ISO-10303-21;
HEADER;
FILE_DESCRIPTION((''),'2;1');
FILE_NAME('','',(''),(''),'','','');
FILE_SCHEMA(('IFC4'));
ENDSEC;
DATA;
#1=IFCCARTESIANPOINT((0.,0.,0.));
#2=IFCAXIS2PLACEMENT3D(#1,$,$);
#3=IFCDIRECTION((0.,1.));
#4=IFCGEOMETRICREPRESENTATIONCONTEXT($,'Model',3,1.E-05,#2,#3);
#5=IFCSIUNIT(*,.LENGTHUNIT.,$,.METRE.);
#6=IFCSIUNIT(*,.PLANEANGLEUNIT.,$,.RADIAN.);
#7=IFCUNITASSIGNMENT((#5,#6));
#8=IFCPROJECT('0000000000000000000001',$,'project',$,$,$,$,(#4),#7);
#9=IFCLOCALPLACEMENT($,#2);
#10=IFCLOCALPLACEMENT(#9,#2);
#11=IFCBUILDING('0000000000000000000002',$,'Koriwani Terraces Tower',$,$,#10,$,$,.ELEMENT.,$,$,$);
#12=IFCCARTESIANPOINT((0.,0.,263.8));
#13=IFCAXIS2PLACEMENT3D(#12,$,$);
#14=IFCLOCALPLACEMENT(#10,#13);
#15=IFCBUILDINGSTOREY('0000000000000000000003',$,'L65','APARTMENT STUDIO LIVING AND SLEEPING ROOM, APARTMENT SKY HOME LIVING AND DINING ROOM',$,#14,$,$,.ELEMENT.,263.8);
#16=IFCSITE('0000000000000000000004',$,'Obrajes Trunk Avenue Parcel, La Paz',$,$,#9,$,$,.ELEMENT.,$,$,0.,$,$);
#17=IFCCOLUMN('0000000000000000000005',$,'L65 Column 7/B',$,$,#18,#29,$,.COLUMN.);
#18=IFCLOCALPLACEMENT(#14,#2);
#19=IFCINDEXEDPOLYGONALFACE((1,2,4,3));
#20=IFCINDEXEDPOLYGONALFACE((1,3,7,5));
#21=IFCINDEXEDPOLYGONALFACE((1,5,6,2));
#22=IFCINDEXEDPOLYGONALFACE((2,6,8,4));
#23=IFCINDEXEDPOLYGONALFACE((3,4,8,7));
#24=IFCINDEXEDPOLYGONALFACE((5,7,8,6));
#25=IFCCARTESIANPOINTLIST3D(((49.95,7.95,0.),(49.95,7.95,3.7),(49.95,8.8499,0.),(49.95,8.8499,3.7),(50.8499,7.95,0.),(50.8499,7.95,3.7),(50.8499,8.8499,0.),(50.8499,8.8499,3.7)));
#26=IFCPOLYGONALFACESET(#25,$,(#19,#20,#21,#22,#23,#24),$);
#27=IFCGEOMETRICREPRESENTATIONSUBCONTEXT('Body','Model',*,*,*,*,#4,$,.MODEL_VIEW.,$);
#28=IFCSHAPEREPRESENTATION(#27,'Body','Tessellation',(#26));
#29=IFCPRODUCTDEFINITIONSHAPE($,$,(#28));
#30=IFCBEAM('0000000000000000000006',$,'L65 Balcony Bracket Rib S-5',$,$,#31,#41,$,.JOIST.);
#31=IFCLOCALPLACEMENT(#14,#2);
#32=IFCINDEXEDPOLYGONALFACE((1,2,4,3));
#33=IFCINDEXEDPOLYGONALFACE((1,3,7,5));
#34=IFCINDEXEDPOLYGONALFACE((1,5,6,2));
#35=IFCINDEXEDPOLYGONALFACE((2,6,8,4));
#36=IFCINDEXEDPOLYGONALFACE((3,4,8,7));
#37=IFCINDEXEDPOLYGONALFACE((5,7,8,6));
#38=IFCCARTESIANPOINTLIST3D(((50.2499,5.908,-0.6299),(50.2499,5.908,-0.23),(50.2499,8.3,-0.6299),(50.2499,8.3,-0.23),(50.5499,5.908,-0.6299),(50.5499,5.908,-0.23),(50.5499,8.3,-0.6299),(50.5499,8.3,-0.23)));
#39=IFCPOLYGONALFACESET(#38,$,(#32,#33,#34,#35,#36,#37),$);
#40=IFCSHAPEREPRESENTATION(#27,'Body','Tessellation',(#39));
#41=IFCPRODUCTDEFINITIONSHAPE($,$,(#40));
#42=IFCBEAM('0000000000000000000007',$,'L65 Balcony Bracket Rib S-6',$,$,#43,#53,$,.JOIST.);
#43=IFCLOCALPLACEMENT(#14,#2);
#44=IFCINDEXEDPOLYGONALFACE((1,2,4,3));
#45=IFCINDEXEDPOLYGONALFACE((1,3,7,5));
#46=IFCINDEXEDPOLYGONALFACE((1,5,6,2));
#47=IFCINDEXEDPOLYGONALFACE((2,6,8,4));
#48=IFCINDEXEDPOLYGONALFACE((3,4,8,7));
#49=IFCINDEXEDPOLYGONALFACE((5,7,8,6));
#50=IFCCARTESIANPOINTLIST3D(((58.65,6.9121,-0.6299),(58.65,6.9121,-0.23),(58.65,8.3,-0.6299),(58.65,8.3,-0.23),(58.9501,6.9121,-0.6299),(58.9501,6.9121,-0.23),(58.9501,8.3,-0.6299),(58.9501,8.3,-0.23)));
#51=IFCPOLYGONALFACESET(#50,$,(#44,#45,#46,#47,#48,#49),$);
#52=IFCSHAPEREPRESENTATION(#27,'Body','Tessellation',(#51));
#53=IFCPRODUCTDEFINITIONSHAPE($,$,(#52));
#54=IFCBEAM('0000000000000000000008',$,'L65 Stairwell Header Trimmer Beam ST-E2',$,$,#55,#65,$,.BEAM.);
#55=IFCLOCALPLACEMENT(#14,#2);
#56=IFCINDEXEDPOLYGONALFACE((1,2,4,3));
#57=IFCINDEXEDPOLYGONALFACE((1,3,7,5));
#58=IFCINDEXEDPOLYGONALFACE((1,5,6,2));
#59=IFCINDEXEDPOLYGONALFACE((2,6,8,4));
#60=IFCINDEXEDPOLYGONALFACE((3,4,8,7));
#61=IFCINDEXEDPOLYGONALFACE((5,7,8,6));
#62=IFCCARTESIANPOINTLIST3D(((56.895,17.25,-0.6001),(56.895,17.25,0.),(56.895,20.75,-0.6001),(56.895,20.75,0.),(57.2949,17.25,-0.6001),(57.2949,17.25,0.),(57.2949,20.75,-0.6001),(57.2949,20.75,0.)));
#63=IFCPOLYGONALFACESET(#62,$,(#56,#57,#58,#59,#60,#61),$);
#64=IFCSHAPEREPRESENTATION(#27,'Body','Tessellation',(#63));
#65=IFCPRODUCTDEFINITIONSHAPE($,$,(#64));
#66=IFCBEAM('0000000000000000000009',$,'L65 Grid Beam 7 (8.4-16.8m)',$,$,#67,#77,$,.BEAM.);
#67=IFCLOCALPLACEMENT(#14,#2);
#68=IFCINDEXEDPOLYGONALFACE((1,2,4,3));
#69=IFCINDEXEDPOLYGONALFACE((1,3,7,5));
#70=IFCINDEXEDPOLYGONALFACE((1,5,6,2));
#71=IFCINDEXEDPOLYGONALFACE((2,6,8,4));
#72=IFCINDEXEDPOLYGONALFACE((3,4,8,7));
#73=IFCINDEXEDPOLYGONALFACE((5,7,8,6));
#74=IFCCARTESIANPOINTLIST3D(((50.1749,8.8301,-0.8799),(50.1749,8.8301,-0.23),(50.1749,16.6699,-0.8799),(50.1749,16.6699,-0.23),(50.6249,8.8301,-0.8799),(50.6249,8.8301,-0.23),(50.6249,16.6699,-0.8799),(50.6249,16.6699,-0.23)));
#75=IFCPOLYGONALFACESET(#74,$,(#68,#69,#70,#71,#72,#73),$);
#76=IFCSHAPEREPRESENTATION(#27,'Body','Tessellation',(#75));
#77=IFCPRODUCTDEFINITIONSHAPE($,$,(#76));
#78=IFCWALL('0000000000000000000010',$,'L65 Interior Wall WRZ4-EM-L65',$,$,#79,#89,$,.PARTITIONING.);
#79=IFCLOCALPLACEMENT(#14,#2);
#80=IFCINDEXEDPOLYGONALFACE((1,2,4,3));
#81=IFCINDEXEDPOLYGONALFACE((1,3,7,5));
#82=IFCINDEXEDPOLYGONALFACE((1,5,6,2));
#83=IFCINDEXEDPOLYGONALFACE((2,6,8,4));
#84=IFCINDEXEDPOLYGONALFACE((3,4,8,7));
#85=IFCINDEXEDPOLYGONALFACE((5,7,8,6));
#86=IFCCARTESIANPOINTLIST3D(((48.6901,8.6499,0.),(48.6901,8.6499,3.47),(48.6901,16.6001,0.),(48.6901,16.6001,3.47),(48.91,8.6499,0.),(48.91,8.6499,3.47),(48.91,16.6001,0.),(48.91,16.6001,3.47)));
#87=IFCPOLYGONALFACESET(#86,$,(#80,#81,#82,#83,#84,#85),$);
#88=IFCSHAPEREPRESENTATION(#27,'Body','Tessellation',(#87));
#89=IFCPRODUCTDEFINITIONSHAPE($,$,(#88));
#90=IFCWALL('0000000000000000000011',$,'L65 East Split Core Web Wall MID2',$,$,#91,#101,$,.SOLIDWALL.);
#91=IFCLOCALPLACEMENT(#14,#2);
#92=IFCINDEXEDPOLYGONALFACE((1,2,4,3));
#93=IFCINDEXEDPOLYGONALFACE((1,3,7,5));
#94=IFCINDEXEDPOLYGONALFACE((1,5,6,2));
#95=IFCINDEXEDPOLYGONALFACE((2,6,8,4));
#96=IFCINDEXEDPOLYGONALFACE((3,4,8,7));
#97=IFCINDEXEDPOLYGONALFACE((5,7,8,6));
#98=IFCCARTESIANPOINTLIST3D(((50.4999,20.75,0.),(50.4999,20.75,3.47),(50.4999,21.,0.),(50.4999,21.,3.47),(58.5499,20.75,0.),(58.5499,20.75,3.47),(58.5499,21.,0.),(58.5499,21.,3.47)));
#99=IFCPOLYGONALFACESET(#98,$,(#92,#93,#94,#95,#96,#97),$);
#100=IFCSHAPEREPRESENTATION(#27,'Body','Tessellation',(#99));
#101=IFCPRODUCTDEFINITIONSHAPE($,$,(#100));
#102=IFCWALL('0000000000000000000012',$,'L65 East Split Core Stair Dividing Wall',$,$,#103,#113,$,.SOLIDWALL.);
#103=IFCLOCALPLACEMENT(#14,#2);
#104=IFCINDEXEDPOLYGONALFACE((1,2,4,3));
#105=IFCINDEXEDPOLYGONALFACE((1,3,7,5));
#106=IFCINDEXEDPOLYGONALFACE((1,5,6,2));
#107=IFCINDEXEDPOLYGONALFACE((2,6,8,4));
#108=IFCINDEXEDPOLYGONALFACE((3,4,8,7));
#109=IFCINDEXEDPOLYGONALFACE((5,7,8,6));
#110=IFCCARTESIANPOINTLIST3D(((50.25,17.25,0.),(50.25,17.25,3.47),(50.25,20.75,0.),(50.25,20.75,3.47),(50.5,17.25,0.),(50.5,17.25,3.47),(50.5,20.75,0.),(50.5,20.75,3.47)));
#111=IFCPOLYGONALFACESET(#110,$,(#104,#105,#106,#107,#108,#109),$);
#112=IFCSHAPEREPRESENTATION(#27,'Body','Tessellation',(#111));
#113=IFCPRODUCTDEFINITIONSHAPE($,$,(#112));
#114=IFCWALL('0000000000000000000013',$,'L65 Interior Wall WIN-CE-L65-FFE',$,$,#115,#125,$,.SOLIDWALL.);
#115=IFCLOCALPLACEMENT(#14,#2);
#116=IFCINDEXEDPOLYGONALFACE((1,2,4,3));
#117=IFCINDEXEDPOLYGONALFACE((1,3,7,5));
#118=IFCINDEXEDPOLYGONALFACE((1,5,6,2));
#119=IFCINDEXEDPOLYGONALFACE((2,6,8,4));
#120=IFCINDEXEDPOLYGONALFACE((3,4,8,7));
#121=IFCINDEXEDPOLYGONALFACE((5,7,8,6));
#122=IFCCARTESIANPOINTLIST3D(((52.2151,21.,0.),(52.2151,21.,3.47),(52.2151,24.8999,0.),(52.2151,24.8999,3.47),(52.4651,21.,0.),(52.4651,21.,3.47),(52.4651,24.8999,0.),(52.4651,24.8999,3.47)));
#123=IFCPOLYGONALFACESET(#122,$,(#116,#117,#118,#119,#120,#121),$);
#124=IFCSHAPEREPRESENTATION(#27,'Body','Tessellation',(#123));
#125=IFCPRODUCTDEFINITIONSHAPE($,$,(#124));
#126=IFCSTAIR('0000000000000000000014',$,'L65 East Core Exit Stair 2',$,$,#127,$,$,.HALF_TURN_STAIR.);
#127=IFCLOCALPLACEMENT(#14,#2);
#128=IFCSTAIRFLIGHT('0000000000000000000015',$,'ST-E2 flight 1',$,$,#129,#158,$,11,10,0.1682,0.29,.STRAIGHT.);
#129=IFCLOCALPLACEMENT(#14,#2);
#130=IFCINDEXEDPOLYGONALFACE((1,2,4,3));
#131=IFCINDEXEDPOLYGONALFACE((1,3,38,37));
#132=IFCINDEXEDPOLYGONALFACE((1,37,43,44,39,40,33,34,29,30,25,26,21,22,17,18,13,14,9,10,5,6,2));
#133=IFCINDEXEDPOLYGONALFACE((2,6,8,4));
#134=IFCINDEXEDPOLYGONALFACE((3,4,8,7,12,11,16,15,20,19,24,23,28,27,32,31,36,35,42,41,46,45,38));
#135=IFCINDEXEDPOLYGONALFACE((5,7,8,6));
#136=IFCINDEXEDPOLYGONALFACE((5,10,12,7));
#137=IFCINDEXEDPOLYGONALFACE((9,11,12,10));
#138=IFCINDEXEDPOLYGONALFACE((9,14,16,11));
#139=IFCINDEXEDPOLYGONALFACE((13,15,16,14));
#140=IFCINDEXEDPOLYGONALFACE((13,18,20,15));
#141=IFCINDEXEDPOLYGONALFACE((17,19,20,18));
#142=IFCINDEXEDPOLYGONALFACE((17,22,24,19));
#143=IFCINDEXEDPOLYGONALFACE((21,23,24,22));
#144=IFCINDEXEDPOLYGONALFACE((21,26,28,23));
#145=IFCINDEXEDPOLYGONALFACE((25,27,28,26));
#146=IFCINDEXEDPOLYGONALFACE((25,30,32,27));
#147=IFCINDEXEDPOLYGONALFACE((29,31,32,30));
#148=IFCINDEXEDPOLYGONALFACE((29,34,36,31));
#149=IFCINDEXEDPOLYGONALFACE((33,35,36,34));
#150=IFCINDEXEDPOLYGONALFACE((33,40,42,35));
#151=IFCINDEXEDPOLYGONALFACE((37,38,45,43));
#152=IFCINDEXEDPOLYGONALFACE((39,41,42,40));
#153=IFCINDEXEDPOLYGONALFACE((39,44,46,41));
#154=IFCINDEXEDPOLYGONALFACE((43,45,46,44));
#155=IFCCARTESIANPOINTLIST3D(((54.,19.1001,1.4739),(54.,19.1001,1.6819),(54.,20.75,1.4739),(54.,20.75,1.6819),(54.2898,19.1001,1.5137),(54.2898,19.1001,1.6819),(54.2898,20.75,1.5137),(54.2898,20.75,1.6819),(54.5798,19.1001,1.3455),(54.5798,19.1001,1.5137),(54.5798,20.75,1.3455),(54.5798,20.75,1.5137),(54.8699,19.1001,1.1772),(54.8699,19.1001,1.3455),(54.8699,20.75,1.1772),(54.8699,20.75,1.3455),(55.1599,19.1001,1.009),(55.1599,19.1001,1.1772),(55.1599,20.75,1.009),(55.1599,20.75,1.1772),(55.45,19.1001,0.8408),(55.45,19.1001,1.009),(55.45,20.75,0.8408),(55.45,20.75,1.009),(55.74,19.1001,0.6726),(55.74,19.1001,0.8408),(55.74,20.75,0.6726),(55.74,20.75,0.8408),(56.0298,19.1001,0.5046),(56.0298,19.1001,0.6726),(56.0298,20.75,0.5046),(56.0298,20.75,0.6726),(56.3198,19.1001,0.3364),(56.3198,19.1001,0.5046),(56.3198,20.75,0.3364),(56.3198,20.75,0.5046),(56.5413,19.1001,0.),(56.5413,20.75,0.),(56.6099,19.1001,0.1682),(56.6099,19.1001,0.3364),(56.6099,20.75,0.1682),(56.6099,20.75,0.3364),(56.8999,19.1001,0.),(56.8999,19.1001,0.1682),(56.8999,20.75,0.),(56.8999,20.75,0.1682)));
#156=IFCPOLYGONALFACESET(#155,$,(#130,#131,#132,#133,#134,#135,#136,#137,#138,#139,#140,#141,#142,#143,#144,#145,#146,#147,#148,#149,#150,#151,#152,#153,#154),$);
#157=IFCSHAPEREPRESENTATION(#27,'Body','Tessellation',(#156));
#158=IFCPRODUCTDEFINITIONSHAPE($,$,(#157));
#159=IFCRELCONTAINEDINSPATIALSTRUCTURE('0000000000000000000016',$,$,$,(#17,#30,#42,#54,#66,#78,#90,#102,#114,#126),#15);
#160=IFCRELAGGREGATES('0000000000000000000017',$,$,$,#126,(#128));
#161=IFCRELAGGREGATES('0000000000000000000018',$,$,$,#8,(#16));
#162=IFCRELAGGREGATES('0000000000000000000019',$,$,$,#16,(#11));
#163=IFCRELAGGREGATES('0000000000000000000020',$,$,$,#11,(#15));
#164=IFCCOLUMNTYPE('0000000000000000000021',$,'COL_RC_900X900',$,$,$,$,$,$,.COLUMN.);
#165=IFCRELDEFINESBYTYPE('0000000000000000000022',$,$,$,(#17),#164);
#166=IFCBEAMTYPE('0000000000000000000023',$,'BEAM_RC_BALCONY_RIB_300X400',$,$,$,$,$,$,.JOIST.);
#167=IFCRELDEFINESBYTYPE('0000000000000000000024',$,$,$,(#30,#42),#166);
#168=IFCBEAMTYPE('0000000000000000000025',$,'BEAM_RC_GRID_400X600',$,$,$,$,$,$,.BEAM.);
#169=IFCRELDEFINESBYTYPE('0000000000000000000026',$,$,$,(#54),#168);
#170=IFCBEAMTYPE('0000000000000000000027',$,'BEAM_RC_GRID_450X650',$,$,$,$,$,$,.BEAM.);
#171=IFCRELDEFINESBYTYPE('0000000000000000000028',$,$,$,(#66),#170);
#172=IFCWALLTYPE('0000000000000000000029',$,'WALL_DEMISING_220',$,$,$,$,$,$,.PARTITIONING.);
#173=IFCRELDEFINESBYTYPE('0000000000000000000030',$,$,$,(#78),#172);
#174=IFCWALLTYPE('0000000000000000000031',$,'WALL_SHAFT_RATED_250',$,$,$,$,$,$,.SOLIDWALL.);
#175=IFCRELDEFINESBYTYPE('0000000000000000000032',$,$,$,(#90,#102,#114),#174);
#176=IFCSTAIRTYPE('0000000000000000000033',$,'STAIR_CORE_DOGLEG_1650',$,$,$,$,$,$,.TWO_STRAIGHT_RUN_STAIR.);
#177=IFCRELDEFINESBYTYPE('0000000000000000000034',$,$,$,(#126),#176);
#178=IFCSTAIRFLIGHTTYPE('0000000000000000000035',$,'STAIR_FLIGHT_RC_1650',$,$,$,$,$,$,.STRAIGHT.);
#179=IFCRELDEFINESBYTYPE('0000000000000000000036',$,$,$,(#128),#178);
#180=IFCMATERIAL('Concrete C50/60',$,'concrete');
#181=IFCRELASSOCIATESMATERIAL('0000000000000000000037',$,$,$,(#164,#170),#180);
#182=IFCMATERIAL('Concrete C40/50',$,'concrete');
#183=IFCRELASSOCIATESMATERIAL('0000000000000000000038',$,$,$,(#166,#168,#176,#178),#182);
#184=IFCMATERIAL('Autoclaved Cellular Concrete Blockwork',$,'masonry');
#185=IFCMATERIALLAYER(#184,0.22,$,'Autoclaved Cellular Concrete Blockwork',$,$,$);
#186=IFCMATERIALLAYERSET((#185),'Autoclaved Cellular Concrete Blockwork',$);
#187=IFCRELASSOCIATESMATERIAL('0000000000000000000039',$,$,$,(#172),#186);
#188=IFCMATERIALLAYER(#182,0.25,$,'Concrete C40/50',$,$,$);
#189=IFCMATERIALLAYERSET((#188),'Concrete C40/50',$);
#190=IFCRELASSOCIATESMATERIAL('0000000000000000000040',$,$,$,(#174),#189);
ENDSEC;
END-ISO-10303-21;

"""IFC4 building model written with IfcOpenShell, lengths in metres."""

from ifc_helpers import new_model, si_unit, direction, frame, frame_2d, origin, origin_2d, place, context, subcontext, project, spatial, polyline, rectangle, outline, extrude, material, layer, layer_set, material_profile, profile_set, type_object, element, aggregate, save


model = new_model("IFC4")

# Units and contexts
model_context = context("Model", 3, precision=1e-05, world=origin(), true_north=direction((0.0, 1.0)))
body_context = subcontext(model_context, "Body", "Model", "MODEL_VIEW")
ifc_project = project(units=[si_unit("LENGTHUNIT", "METRE"), si_unit("PLANEANGLEUNIT", "RADIAN")], contexts=[model_context])

# Site, building, storey
site_placement = place(None, origin())
site = spatial("IfcSite", under=ifc_project, at=site_placement, Name="Obrajes Trunk Avenue Parcel, La Paz", CompositionType="ELEMENT", RefElevation=0.0)
building_placement = place(site_placement, origin())
building = spatial("IfcBuilding", under=site, at=building_placement, Name="Koriwani Terraces Tower", CompositionType="ELEMENT")
storey_placement = place(building_placement, frame((0.0, 0.0, 263.8)))
storey = spatial("IfcBuildingStorey", under=building, at=storey_placement, Name="L65", Description="APARTMENT STUDIO LIVING AND SLEEPING ROOM, APARTMENT SKY HOME LIVING AND DINING ROOM", CompositionType="ELEMENT", Elevation=263.8)

# Column
ifc_material_1 = material(Name="Concrete C50/60", Category="concrete")
ifc_material_profile_1 = material_profile(ifc_material_1, rectangle(XDim=0.8999, YDim=0.8999, at=origin_2d()), Name="Concrete C50/60", Category="LoadBearing")
ifc_profile_set_1 = profile_set([ifc_material_profile_1], Name="Concrete C50/60")
column_type = type_object("IfcColumnType", Name="COL_RC_900X900", PredefinedType="COLUMN", material=ifc_profile_set_1)
column_placement = place(storey_placement, frame((50.3999, 8.3999, 0.0), z_axis=(0.0, 0.0, 1.0), x_axis=(1.0, 0.0, 0.0)))
element("IfcColumn", 1, at=column_placement, inside=storey, type_object=column_type, Name="L65 Column 7/B", PredefinedType="COLUMN", context=body_context, shape_type="SweptSolid", body=[
    extrude(rectangle(XDim=0.8999, YDim=0.8999, at=origin_2d()), origin(), (0.0, 0.0, 1.0), 3.7),
])

# Beams
ifc_material_2 = material(Name="Concrete C40/50", Category="concrete")
ifc_material_profile_2 = material_profile(ifc_material_2, rectangle(XDim=0.3, YDim=0.3999, at=origin_2d()), Name="Concrete C40/50", Category="LoadBearing")
ifc_profile_set_2 = profile_set([ifc_material_profile_2], Name="Concrete C40/50")
beam_type_1 = type_object("IfcBeamType", Name="BEAM_RC_BALCONY_RIB_300X400", PredefinedType="JOIST", material=ifc_profile_set_2)
beam_1_placement = place(storey_placement, frame((50.3999, 5.908, -0.4299), z_axis=(0.0, 1.0, 0.0), x_axis=(-1.0, 0.0, 0.0)))
element("IfcBeam", 2, at=beam_1_placement, inside=storey, type_object=beam_type_1, Name="L65 Balcony Bracket Rib S-5", PredefinedType="JOIST", context=body_context, shape_type="SweptSolid", body=[
    extrude(rectangle(XDim=0.3, YDim=0.3999, at=origin_2d()), origin(), (0.0, 0.0, 1.0), 2.3921),
])
beam_2_placement = place(storey_placement, frame((58.8, 6.9121, -0.4299), z_axis=(0.0, 1.0, 0.0), x_axis=(-1.0, 0.0, 0.0)))
element("IfcBeam", 3, at=beam_2_placement, inside=storey, type_object=beam_type_1, Name="L65 Balcony Bracket Rib S-6", PredefinedType="JOIST", context=body_context, shape_type="SweptSolid", body=[
    extrude(rectangle(XDim=0.3, YDim=0.3999, at=origin_2d()), origin(), (0.0, 0.0, 1.0), 1.3879),
])
ifc_material_profile_3 = material_profile(ifc_material_2, rectangle(XDim=0.3999, YDim=0.6001, at=origin_2d()), Name="Concrete C40/50", Category="LoadBearing")
ifc_profile_set_3 = profile_set([ifc_material_profile_3], Name="Concrete C40/50")
beam_type_2 = type_object("IfcBeamType", Name="BEAM_RC_GRID_400X600", PredefinedType="BEAM", material=ifc_profile_set_3)
beam_3_placement = place(storey_placement, frame((57.095, 17.25, -0.3), z_axis=(0.0, 1.0, 0.0), x_axis=(-1.0, 0.0, 0.0)))
element("IfcBeam", 4, at=beam_3_placement, inside=storey, type_object=beam_type_2, Name="L65 Stairwell Header Trimmer Beam ST-E2", PredefinedType="BEAM", context=body_context, shape_type="SweptSolid", body=[
    extrude(rectangle(XDim=0.3999, YDim=0.6001, at=origin_2d()), origin(), (0.0, 0.0, 1.0), 3.5),
])
ifc_material_profile_4 = material_profile(ifc_material_1, rectangle(XDim=0.45, YDim=0.6499, at=origin_2d()), Name="Concrete C50/60", Category="LoadBearing")
ifc_profile_set_4 = profile_set([ifc_material_profile_4], Name="Concrete C50/60")
beam_type_3 = type_object("IfcBeamType", Name="BEAM_RC_GRID_450X650", PredefinedType="BEAM", material=ifc_profile_set_4)
beam_4_placement = place(storey_placement, frame((50.3999, 8.8301, -0.5549), z_axis=(0.0, 1.0, 0.0), x_axis=(-1.0, 0.0, 0.0)))
element("IfcBeam", 5, at=beam_4_placement, inside=storey, type_object=beam_type_3, Name="L65 Grid Beam 7 (8.4-16.8m)", PredefinedType="BEAM", context=body_context, shape_type="SweptSolid", body=[
    extrude(rectangle(XDim=0.45, YDim=0.6499, at=origin_2d()), origin(), (0.0, 0.0, 1.0), 7.8398),
])

# Walls
ifc_material_3 = material(Name="Autoclaved Cellular Concrete Blockwork", Category="masonry")
ifc_layer_1 = layer(ifc_material_3, 0.22, Name="Autoclaved Cellular Concrete Blockwork")
ifc_layer_set_1 = layer_set([ifc_layer_1], Name="Autoclaved Cellular Concrete Blockwork")
wall_type_1 = type_object("IfcWallType", Name="WALL_DEMISING_220", PredefinedType="PARTITIONING", material=ifc_layer_set_1)
wall_1_placement = place(storey_placement, frame((48.8, 8.6499, 0.0), z_axis=(0.0, 0.0, 1.0), x_axis=(0.0, 1.0, 0.0)))
element("IfcWall", 6, at=wall_1_placement, inside=storey, type_object=wall_type_1, Name="L65 Interior Wall WRZ4-EM-L65", PredefinedType="PARTITIONING", context=body_context, shape_type="SweptSolid", body=[
    extrude(rectangle(XDim=7.9502, YDim=0.22, at=frame_2d((3.9751, 0.0))), origin(), (0.0, 0.0, 1.0), 3.47),
])
ifc_layer_2 = layer(ifc_material_2, 0.25, Name="Concrete C40/50")
ifc_layer_set_2 = layer_set([ifc_layer_2], Name="Concrete C40/50")
wall_type_2 = type_object("IfcWallType", Name="WALL_SHAFT_RATED_250", PredefinedType="SOLIDWALL", material=ifc_layer_set_2)
wall_2_placement = place(storey_placement, frame((50.5, 20.875, 0.0), z_axis=(0.0, 0.0, 1.0), x_axis=(1.0, 0.0, 0.0)))
element("IfcWall", 7, at=wall_2_placement, inside=storey, type_object=wall_type_2, Name="L65 East Split Core Web Wall MID2", PredefinedType="SOLIDWALL", context=body_context, shape_type="SweptSolid", body=[
    extrude(rectangle(XDim=8.05, YDim=0.25, at=frame_2d((4.0249, 0.0))), origin(), (0.0, 0.0, 1.0), 3.47),
])
wall_3_placement = place(storey_placement, frame((50.375, 17.25, 0.0), z_axis=(0.0, 0.0, 1.0), x_axis=(0.0, 1.0, 0.0)))
element("IfcWall", 8, at=wall_3_placement, inside=storey, type_object=wall_type_2, Name="L65 East Split Core Stair Dividing Wall", PredefinedType="SOLIDWALL", context=body_context, shape_type="SweptSolid", body=[
    extrude(rectangle(XDim=3.5, YDim=0.25, at=frame_2d((1.75, 0.0))), origin(), (0.0, 0.0, 1.0), 3.47),
])

# Wall
wall_4_placement = place(storey_placement, frame((52.3401, 21.0, 0.0), z_axis=(0.0, 0.0, 1.0), x_axis=(0.0, 1.0, 0.0)))
element("IfcWall", 9, at=wall_4_placement, inside=storey, type_object=wall_type_2, Name="L65 Interior Wall WIN-CE-L65-FFE", PredefinedType="SOLIDWALL", context=body_context, shape_type="SweptSolid", body=[
    extrude(rectangle(XDim=3.8999, YDim=0.25, at=frame_2d((1.95, 0.0))), origin(), (0.0, 0.0, 1.0), 3.47),
])

# Stair, stair flight
stair_type = type_object("IfcStairType", Name="STAIR_CORE_DOGLEG_1650", PredefinedType="TWO_STRAIGHT_RUN_STAIR", material=ifc_material_2)
stair_placement = place(storey_placement, origin())
stair = element("IfcStair", 10, at=stair_placement, inside=storey, type_object=stair_type, Name="L65 East Core Exit Stair 2", PredefinedType="HALF_TURN_STAIR")
stair_flight_type = type_object("IfcStairFlightType", Name="STAIR_FLIGHT_RC_1650", PredefinedType="STRAIGHT", material=ifc_material_2)
stair_flight_1_placement = place(storey_placement, frame((56.8999, 19.925, 0.0), z_axis=(0.0, 0.0, 1.0), x_axis=(-1.0, 0.0, 0.0)))
stair_flight_1 = element("IfcStairFlight", 11, at=stair_flight_1_placement, type_object=stair_flight_type, Name="ST-E2 flight 1", NumberOfRisers=11, NumberOfTreads=10, PredefinedType="STRAIGHT", RiserHeight=0.1682, TreadLength=0.29, context=body_context, shape_type="SweptSolid", body=[
    extrude(outline(polyline([(0.0, 0.0), (0.0, 0.1682), (0.29, 0.1682), (0.29, 0.3364), (0.5801, 0.3364), (0.5801, 0.5046), (0.8701, 0.5046), (0.8701, 0.6726), (1.1599, 0.6726), (1.1599, 0.8408), (1.45, 0.8408), (1.45, 1.009), (1.74, 1.009), (1.74, 1.1772), (2.03, 1.1772), (2.03, 1.3455), (2.3201, 1.3455), (2.3201, 1.5137), (2.6101, 1.5137), (2.6101, 1.6819), (2.8999, 1.6819), (2.8999, 1.8501), (2.8999, 1.4739), (0.3586, 0.0), (0.0, 0.0)])), frame((0.0, 0.825, 0.0), z_axis=(0.0, -1.0, 0.0), x_axis=(1.0, 0.0, 0.0)), (0.0, 0.0, 1.0), 1.6499),
])
aggregate(stair, [stair_flight_1])

save(model, "model.ifc")
